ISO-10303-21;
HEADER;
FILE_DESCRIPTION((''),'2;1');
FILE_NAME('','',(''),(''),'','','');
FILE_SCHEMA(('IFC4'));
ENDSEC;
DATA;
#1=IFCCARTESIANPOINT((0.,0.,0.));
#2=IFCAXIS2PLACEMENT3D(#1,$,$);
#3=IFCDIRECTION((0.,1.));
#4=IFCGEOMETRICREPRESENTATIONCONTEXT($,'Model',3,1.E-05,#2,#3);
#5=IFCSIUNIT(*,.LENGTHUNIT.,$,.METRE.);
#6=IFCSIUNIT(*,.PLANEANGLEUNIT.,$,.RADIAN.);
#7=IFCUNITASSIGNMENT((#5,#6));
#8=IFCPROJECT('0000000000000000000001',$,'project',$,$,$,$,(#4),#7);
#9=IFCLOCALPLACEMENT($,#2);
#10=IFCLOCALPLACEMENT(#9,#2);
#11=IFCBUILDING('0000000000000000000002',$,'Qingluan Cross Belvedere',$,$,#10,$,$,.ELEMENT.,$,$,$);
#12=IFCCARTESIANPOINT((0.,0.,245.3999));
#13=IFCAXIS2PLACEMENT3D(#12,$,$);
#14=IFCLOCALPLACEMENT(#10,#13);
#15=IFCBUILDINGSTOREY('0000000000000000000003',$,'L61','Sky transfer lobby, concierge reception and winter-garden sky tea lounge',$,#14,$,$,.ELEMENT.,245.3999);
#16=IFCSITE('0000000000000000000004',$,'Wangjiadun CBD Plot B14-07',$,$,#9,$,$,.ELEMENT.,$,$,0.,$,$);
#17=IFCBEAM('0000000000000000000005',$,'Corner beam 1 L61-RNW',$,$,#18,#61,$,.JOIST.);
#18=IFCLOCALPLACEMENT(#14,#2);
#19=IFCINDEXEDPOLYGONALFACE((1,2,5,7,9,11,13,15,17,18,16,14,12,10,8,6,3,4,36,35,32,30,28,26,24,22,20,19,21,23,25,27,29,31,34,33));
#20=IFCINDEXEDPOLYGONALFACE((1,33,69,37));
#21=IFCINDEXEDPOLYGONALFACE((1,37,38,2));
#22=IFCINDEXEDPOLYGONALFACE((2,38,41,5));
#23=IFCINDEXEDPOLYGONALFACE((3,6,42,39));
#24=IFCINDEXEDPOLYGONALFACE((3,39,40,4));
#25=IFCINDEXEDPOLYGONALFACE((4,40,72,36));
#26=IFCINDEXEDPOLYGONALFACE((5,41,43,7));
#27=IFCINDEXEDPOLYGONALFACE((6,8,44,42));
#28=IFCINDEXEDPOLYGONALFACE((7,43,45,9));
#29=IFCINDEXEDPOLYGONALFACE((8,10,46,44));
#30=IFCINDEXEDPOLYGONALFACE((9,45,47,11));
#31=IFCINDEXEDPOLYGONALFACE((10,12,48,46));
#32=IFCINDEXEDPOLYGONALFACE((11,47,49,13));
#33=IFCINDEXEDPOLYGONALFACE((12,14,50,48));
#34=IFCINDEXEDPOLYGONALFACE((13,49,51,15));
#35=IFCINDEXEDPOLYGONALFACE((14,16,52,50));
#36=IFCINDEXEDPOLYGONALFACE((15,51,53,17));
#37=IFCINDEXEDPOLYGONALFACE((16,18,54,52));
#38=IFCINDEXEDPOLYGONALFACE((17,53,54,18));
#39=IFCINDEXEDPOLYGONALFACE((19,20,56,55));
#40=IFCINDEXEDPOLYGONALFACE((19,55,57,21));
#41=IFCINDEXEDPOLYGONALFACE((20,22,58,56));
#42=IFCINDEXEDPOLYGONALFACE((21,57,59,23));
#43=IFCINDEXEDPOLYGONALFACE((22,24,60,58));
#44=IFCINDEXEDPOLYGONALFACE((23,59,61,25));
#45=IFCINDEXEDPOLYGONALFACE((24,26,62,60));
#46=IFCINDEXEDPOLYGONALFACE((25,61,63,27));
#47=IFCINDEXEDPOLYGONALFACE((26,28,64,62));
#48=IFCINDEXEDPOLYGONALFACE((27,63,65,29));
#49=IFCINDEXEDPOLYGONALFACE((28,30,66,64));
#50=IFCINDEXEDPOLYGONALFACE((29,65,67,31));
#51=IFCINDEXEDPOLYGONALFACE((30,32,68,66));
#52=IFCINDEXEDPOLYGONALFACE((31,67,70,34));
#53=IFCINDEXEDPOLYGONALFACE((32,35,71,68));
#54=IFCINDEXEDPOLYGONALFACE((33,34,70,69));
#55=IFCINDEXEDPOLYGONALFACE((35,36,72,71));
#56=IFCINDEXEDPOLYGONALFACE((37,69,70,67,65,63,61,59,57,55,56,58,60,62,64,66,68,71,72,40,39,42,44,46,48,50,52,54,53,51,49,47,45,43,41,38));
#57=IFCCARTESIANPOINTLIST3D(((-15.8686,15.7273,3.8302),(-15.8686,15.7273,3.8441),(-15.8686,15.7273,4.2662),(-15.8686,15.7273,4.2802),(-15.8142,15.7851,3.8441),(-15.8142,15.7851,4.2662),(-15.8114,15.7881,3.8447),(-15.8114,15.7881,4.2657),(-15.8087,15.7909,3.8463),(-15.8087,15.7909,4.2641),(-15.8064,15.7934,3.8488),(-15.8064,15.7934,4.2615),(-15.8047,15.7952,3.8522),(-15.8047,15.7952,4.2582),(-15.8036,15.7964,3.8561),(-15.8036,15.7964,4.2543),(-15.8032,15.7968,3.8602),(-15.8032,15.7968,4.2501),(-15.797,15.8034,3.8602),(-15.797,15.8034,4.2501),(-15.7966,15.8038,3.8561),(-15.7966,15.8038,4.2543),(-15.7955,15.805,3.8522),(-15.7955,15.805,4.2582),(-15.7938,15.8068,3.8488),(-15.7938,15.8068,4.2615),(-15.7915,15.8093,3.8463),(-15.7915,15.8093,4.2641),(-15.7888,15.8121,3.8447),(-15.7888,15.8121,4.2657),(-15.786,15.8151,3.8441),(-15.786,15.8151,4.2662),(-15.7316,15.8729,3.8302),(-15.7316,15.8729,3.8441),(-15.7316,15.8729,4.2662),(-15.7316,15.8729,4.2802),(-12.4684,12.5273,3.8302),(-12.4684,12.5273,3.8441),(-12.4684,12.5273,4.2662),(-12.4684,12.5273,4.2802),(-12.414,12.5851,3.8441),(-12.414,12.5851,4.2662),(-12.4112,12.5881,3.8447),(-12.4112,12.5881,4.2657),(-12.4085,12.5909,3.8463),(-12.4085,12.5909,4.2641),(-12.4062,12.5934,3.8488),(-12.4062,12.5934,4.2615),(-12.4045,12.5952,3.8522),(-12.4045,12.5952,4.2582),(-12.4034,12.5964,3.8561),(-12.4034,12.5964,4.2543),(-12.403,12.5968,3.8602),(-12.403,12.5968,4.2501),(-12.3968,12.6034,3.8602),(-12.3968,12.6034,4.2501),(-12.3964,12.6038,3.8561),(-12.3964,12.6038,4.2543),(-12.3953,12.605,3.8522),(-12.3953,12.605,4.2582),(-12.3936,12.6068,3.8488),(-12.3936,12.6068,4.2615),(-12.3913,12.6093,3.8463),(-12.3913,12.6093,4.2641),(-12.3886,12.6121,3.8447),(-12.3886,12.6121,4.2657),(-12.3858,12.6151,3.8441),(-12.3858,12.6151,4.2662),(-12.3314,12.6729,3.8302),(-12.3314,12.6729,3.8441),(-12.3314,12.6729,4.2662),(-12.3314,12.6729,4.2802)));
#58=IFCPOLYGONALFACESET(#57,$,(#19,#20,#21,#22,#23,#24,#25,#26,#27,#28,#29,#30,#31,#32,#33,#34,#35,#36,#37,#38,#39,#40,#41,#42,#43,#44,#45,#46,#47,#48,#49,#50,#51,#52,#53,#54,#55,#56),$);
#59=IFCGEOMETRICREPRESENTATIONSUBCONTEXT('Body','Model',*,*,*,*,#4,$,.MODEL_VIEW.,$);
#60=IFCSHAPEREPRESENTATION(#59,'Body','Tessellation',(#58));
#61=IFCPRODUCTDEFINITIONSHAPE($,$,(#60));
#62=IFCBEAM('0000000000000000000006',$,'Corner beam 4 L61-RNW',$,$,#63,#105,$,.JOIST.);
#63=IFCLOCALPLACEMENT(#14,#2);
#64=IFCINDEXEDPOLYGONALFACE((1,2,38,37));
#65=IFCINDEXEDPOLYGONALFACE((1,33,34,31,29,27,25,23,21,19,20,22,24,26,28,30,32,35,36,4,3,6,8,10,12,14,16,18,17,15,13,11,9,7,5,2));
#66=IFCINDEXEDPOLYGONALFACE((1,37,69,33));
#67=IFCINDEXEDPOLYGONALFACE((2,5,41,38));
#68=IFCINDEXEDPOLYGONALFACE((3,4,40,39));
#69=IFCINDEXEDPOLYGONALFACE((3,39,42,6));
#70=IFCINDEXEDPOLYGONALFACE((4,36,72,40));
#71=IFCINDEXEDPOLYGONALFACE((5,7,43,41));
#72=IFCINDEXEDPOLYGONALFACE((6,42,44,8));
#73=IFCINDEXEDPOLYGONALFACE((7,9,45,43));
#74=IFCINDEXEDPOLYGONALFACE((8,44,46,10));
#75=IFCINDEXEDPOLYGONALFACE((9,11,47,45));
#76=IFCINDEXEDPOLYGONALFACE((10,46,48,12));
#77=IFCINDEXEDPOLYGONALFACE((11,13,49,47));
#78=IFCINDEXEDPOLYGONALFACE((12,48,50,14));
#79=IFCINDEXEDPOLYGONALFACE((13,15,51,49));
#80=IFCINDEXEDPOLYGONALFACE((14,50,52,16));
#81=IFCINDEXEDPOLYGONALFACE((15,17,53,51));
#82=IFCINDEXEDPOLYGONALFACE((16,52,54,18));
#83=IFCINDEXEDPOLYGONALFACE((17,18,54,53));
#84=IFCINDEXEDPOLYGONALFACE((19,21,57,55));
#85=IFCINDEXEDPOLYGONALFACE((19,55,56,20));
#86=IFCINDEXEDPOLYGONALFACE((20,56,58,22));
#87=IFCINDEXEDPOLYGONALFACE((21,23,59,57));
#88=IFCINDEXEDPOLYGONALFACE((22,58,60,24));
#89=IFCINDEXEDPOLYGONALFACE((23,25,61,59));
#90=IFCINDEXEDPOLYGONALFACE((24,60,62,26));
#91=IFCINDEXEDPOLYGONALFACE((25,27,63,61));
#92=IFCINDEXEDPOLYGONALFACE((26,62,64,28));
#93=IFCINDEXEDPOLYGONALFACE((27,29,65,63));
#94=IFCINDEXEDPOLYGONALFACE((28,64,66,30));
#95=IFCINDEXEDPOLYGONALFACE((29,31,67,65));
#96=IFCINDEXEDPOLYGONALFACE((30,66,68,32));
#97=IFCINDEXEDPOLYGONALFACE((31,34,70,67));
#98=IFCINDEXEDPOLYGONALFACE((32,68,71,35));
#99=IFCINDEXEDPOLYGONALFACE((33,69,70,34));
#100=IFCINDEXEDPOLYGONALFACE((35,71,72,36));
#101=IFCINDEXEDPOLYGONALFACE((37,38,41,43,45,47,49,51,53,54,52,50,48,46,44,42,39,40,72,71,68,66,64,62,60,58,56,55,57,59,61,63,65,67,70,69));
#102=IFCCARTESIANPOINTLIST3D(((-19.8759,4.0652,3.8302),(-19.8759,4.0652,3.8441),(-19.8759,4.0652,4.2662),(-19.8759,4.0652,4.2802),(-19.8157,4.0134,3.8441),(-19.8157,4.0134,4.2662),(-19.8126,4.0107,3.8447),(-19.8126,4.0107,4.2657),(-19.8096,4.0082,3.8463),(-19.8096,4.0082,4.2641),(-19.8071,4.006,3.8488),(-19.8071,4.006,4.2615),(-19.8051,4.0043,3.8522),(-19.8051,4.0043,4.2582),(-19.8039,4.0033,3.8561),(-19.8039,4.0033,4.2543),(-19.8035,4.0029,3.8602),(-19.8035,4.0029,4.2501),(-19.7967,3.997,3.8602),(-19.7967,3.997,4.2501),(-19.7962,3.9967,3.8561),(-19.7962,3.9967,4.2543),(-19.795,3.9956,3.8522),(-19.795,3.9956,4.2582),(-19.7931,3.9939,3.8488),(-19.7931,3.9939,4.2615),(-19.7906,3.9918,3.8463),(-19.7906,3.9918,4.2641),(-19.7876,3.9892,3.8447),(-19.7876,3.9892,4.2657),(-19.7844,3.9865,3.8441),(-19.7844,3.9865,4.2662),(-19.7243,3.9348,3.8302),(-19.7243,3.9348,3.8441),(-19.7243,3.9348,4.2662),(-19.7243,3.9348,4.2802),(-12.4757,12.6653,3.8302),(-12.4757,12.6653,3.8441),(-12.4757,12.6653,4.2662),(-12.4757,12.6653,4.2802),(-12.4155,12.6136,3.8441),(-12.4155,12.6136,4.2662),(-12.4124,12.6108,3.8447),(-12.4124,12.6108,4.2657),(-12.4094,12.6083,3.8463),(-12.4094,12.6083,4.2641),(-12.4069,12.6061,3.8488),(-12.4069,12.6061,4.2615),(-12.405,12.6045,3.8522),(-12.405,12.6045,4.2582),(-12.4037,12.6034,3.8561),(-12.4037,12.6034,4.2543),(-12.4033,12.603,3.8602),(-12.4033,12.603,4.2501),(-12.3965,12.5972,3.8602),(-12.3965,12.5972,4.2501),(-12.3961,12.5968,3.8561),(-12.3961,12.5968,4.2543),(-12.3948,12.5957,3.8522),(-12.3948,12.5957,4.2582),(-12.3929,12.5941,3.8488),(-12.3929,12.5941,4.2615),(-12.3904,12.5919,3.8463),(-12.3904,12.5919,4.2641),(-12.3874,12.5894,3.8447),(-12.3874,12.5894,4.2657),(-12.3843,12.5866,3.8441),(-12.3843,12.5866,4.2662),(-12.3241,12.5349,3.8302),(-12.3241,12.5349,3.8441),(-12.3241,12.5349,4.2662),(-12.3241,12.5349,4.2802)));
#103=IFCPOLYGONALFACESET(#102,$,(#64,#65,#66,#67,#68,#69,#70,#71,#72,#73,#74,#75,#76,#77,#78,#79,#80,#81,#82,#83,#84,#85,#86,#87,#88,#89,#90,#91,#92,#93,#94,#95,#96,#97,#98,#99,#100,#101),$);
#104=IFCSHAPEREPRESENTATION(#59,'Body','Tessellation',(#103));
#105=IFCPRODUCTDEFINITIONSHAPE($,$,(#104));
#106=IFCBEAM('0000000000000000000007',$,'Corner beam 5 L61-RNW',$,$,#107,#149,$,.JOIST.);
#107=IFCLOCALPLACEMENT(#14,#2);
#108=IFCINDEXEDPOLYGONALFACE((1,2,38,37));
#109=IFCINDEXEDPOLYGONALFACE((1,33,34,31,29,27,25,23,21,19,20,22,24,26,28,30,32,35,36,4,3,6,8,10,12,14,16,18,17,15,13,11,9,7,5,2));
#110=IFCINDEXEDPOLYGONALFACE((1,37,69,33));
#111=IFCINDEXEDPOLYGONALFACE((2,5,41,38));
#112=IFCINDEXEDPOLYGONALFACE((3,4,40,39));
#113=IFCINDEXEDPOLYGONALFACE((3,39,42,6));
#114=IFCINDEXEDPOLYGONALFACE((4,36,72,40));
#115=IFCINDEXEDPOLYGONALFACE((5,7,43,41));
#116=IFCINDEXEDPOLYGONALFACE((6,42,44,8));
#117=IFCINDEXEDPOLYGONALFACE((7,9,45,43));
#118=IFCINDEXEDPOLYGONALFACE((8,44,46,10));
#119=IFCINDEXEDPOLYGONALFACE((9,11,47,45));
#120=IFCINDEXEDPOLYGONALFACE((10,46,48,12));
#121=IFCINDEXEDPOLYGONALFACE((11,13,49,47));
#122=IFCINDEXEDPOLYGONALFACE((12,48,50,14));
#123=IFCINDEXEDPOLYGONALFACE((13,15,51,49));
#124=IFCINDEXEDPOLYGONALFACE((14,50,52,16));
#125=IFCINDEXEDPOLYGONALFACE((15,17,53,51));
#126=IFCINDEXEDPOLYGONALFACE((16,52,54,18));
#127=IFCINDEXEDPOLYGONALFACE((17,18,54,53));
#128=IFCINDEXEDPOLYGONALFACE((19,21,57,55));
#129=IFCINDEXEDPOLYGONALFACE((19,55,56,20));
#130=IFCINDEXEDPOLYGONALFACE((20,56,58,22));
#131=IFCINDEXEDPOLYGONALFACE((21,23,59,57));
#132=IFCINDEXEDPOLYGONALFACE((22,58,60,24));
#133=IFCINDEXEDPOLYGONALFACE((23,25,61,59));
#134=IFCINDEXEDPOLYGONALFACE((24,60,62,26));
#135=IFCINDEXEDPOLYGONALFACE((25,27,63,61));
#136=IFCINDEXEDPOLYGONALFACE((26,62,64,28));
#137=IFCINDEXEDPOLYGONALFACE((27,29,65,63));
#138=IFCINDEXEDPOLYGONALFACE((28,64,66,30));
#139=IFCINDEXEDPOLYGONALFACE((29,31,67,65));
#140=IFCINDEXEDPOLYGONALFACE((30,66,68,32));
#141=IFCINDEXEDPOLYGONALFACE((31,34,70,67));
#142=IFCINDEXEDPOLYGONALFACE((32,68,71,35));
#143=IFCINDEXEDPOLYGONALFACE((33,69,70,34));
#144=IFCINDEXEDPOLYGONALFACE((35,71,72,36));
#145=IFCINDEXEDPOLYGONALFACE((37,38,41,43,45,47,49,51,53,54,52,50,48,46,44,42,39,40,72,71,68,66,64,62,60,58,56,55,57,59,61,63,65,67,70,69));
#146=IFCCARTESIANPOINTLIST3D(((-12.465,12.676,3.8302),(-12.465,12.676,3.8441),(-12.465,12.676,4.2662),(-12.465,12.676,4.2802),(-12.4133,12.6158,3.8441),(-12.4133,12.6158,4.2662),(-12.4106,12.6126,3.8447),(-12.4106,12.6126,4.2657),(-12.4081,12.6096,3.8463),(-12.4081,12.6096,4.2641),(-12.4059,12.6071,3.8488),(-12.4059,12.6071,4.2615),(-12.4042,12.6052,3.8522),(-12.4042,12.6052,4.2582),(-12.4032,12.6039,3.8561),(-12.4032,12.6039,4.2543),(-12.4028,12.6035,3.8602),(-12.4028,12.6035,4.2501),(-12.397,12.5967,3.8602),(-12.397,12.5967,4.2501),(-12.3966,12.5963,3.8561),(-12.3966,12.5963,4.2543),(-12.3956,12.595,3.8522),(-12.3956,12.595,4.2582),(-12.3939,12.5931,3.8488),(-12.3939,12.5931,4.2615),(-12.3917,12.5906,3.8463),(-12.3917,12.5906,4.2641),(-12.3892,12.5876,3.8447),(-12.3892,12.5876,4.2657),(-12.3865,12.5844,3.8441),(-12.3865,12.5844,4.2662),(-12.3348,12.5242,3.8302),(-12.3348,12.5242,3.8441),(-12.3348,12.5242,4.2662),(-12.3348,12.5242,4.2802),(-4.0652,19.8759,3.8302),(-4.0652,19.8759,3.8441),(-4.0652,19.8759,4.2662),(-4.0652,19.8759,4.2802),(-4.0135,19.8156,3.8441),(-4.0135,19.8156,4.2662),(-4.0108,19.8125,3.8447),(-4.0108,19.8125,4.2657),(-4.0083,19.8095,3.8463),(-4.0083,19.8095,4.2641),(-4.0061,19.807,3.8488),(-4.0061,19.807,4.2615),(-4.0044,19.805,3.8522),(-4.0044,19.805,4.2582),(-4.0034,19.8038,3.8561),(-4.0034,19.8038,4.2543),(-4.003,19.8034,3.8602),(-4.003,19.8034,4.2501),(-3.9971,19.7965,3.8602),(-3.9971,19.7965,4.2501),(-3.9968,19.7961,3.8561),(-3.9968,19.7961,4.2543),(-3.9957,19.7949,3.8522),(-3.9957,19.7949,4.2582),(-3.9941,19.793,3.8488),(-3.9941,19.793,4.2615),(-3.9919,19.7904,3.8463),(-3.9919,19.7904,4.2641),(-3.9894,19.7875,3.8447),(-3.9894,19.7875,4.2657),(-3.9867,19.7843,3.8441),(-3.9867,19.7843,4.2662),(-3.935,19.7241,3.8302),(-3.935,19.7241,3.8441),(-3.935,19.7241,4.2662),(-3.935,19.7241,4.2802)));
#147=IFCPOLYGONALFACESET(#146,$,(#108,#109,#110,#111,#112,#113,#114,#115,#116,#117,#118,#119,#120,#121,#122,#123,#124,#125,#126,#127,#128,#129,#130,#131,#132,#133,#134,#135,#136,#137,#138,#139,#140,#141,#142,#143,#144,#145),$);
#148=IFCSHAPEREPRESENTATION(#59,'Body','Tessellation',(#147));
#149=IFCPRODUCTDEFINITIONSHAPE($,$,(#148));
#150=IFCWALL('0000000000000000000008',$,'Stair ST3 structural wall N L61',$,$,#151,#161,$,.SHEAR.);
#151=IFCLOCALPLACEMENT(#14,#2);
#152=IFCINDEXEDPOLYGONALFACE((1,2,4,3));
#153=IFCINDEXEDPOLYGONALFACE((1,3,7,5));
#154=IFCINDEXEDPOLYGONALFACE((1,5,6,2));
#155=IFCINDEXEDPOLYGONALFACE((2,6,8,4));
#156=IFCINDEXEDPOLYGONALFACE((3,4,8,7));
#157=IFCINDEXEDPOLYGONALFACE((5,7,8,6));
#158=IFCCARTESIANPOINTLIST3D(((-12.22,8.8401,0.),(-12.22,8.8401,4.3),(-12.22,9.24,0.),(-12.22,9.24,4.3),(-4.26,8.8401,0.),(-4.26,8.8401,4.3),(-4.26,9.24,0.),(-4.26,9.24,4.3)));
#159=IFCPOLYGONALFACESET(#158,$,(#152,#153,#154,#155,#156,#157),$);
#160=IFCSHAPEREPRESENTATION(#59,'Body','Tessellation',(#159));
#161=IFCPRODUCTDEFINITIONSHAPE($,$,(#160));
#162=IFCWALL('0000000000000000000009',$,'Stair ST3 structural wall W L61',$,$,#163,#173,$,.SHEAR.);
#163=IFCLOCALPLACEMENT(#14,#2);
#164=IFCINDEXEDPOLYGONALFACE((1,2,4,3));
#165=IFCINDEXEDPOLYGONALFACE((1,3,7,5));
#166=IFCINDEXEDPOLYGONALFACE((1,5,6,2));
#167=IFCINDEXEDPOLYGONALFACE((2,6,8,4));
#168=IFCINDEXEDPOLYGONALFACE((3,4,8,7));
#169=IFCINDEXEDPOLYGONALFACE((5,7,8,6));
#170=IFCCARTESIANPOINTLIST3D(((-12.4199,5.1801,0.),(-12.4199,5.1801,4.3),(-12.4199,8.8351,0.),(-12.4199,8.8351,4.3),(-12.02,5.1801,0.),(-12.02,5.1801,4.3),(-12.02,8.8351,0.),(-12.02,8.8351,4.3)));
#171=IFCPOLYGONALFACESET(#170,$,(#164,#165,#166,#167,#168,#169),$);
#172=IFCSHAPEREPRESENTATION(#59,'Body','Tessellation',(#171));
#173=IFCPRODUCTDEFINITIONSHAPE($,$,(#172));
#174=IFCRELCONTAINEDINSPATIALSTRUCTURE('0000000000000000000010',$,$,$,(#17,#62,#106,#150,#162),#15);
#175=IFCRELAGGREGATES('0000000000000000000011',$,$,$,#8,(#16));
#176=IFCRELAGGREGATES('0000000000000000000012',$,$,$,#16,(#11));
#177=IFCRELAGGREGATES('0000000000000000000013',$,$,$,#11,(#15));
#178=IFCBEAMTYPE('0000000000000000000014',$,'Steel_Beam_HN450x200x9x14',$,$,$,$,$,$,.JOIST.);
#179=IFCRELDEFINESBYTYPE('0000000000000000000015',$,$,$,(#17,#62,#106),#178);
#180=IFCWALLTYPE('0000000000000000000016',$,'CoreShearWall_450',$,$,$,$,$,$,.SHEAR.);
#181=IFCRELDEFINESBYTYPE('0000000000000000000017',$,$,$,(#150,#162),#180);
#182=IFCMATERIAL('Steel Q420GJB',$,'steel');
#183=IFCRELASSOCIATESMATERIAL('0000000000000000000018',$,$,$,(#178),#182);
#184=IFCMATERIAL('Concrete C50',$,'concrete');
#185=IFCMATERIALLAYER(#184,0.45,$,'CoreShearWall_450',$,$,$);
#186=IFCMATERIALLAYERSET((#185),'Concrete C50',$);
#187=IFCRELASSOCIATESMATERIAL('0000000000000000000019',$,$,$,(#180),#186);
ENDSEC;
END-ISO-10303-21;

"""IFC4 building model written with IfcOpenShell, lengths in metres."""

from ifc_helpers import new_model, si_unit, direction, frame, frame_2d, origin, origin_2d, place, context, subcontext, project, spatial, rectangle, i_section, extrude, material, layer, layer_set, material_profile, profile_set, type_object, element, save


model = new_model("IFC4")

# Units and contexts
model_context = context("Model", 3, precision=1e-05, world=origin(), true_north=direction((0.0, 1.0)))
body_context = subcontext(model_context, "Body", "Model", "MODEL_VIEW")
ifc_project = project(units=[si_unit("LENGTHUNIT", "METRE"), si_unit("PLANEANGLEUNIT", "RADIAN")], contexts=[model_context])

# Site, building, storey
site_placement = place(None, origin())
site = spatial("IfcSite", under=ifc_project, at=site_placement, Name="Wangjiadun CBD Plot B14-07", CompositionType="ELEMENT", RefElevation=0.0)
building_placement = place(site_placement, origin())
building = spatial("IfcBuilding", under=site, at=building_placement, Name="Qingluan Cross Belvedere", CompositionType="ELEMENT")
storey_placement = place(building_placement, frame((0.0, 0.0, 245.3999)))
storey = spatial("IfcBuildingStorey", under=building, at=storey_placement, Name="L61", Description="Sky transfer lobby, concierge reception and winter-garden sky tea lounge", CompositionType="ELEMENT", Elevation=245.3999)

# Beams
ifc_material_1 = material(Name="Steel Q420GJB", Category="steel")
ifc_material_profile_1 = material_profile(ifc_material_1, i_section(OverallWidth=0.2, OverallDepth=0.45, WebThickness=0.009, FlangeThickness=0.0139, FilletRadius=0.0161, at=origin_2d()), Name="HN450x200x9x14")
ifc_profile_set_1 = profile_set([ifc_material_profile_1], Name="Steel Q420GJB")
beam_type_1 = type_object("IfcBeamType", Name="Steel_Beam_HN450x200x9x14", PredefinedType="JOIST", material=ifc_profile_set_1)
beam_1_placement = place(storey_placement, frame((-12.3999, 12.6001, 4.0552), z_axis=(-0.72822, 0.685343, 0.0), x_axis=(-0.685343, -0.72822, 0.0)))
element("IfcBeam", 1, at=beam_1_placement, inside=storey, type_object=beam_type_1, Name="Corner beam 1 L61-RNW", PredefinedType="JOIST", context=body_context, shape_type="SweptSolid", body=[
    extrude(i_section(OverallWidth=0.2, OverallDepth=0.45, WebThickness=0.009, FlangeThickness=0.0139, FilletRadius=0.0161, at=origin_2d()), origin(), (0.0, 0.0, 1.0), 4.6692),
])
beam_2_placement = place(storey_placement, frame((-12.3999, 12.6001, 4.0552), z_axis=(-0.652245, -0.758008, 0.0), x_axis=(0.758008, -0.652245, 0.0)))
element("IfcBeam", 2, at=beam_2_placement, inside=storey, type_object=beam_type_1, Name="Corner beam 4 L61-RNW", PredefinedType="JOIST", context=body_context, shape_type="SweptSolid", body=[
    extrude(i_section(OverallWidth=0.2, OverallDepth=0.45, WebThickness=0.009, FlangeThickness=0.0139, FilletRadius=0.0161, at=origin_2d()), origin(), (0.0, 0.0, 1.0), 11.3457),
])
beam_3_placement = place(storey_placement, frame((-12.3999, 12.6001, 4.0552), z_axis=(0.759255, 0.650793, 0.0), x_axis=(-0.650793, 0.759255, 0.0)))
element("IfcBeam", 3, at=beam_3_placement, inside=storey, type_object=beam_type_1, Name="Corner beam 5 L61-RNW", PredefinedType="JOIST", context=body_context, shape_type="SweptSolid", body=[
    extrude(i_section(OverallWidth=0.2, OverallDepth=0.45, WebThickness=0.009, FlangeThickness=0.0139, FilletRadius=0.0161, at=origin_2d()), origin(), (0.0, 0.0, 1.0), 11.0632),
])

# Walls
ifc_material_2 = material(Name="Concrete C50", Category="concrete")
ifc_layer_1 = layer(ifc_material_2, 0.45, Name="CoreShearWall_450")
ifc_layer_set_1 = layer_set([ifc_layer_1], Name="Concrete C50")
wall_type_1 = type_object("IfcWallType", Name="CoreShearWall_450", PredefinedType="SHEAR", material=ifc_layer_set_1)
wall_1_placement = place(storey_placement, frame((-12.22, 9.04, 0.0), z_axis=(0.0, 0.0, 1.0), x_axis=(1.0, 0.0, 0.0)))
element("IfcWall", 4, at=wall_1_placement, inside=storey, type_object=wall_type_1, Name="Stair ST3 structural wall N L61", PredefinedType="SHEAR", context=body_context, shape_type="SweptSolid", body=[
    extrude(rectangle(XDim=7.96, YDim=0.3999, at=frame_2d((3.98, 0.0))), origin(), (0.0, 0.0, 1.0), 4.3),
])
wall_2_placement = place(storey_placement, frame((-12.22, 5.1799, 0.0), z_axis=(0.0, 0.0, 1.0), x_axis=(0.0, 1.0, 0.0)))
element("IfcWall", 5, at=wall_2_placement, inside=storey, type_object=wall_type_1, Name="Stair ST3 structural wall W L61", PredefinedType="SHEAR", context=body_context, shape_type="SweptSolid", body=[
    extrude(rectangle(XDim=3.655, YDim=0.3999, at=frame_2d((1.8276, 0.0))), origin(), (0.0, 0.0, 1.0), 4.3),
])

save(model, "model.ifc")
